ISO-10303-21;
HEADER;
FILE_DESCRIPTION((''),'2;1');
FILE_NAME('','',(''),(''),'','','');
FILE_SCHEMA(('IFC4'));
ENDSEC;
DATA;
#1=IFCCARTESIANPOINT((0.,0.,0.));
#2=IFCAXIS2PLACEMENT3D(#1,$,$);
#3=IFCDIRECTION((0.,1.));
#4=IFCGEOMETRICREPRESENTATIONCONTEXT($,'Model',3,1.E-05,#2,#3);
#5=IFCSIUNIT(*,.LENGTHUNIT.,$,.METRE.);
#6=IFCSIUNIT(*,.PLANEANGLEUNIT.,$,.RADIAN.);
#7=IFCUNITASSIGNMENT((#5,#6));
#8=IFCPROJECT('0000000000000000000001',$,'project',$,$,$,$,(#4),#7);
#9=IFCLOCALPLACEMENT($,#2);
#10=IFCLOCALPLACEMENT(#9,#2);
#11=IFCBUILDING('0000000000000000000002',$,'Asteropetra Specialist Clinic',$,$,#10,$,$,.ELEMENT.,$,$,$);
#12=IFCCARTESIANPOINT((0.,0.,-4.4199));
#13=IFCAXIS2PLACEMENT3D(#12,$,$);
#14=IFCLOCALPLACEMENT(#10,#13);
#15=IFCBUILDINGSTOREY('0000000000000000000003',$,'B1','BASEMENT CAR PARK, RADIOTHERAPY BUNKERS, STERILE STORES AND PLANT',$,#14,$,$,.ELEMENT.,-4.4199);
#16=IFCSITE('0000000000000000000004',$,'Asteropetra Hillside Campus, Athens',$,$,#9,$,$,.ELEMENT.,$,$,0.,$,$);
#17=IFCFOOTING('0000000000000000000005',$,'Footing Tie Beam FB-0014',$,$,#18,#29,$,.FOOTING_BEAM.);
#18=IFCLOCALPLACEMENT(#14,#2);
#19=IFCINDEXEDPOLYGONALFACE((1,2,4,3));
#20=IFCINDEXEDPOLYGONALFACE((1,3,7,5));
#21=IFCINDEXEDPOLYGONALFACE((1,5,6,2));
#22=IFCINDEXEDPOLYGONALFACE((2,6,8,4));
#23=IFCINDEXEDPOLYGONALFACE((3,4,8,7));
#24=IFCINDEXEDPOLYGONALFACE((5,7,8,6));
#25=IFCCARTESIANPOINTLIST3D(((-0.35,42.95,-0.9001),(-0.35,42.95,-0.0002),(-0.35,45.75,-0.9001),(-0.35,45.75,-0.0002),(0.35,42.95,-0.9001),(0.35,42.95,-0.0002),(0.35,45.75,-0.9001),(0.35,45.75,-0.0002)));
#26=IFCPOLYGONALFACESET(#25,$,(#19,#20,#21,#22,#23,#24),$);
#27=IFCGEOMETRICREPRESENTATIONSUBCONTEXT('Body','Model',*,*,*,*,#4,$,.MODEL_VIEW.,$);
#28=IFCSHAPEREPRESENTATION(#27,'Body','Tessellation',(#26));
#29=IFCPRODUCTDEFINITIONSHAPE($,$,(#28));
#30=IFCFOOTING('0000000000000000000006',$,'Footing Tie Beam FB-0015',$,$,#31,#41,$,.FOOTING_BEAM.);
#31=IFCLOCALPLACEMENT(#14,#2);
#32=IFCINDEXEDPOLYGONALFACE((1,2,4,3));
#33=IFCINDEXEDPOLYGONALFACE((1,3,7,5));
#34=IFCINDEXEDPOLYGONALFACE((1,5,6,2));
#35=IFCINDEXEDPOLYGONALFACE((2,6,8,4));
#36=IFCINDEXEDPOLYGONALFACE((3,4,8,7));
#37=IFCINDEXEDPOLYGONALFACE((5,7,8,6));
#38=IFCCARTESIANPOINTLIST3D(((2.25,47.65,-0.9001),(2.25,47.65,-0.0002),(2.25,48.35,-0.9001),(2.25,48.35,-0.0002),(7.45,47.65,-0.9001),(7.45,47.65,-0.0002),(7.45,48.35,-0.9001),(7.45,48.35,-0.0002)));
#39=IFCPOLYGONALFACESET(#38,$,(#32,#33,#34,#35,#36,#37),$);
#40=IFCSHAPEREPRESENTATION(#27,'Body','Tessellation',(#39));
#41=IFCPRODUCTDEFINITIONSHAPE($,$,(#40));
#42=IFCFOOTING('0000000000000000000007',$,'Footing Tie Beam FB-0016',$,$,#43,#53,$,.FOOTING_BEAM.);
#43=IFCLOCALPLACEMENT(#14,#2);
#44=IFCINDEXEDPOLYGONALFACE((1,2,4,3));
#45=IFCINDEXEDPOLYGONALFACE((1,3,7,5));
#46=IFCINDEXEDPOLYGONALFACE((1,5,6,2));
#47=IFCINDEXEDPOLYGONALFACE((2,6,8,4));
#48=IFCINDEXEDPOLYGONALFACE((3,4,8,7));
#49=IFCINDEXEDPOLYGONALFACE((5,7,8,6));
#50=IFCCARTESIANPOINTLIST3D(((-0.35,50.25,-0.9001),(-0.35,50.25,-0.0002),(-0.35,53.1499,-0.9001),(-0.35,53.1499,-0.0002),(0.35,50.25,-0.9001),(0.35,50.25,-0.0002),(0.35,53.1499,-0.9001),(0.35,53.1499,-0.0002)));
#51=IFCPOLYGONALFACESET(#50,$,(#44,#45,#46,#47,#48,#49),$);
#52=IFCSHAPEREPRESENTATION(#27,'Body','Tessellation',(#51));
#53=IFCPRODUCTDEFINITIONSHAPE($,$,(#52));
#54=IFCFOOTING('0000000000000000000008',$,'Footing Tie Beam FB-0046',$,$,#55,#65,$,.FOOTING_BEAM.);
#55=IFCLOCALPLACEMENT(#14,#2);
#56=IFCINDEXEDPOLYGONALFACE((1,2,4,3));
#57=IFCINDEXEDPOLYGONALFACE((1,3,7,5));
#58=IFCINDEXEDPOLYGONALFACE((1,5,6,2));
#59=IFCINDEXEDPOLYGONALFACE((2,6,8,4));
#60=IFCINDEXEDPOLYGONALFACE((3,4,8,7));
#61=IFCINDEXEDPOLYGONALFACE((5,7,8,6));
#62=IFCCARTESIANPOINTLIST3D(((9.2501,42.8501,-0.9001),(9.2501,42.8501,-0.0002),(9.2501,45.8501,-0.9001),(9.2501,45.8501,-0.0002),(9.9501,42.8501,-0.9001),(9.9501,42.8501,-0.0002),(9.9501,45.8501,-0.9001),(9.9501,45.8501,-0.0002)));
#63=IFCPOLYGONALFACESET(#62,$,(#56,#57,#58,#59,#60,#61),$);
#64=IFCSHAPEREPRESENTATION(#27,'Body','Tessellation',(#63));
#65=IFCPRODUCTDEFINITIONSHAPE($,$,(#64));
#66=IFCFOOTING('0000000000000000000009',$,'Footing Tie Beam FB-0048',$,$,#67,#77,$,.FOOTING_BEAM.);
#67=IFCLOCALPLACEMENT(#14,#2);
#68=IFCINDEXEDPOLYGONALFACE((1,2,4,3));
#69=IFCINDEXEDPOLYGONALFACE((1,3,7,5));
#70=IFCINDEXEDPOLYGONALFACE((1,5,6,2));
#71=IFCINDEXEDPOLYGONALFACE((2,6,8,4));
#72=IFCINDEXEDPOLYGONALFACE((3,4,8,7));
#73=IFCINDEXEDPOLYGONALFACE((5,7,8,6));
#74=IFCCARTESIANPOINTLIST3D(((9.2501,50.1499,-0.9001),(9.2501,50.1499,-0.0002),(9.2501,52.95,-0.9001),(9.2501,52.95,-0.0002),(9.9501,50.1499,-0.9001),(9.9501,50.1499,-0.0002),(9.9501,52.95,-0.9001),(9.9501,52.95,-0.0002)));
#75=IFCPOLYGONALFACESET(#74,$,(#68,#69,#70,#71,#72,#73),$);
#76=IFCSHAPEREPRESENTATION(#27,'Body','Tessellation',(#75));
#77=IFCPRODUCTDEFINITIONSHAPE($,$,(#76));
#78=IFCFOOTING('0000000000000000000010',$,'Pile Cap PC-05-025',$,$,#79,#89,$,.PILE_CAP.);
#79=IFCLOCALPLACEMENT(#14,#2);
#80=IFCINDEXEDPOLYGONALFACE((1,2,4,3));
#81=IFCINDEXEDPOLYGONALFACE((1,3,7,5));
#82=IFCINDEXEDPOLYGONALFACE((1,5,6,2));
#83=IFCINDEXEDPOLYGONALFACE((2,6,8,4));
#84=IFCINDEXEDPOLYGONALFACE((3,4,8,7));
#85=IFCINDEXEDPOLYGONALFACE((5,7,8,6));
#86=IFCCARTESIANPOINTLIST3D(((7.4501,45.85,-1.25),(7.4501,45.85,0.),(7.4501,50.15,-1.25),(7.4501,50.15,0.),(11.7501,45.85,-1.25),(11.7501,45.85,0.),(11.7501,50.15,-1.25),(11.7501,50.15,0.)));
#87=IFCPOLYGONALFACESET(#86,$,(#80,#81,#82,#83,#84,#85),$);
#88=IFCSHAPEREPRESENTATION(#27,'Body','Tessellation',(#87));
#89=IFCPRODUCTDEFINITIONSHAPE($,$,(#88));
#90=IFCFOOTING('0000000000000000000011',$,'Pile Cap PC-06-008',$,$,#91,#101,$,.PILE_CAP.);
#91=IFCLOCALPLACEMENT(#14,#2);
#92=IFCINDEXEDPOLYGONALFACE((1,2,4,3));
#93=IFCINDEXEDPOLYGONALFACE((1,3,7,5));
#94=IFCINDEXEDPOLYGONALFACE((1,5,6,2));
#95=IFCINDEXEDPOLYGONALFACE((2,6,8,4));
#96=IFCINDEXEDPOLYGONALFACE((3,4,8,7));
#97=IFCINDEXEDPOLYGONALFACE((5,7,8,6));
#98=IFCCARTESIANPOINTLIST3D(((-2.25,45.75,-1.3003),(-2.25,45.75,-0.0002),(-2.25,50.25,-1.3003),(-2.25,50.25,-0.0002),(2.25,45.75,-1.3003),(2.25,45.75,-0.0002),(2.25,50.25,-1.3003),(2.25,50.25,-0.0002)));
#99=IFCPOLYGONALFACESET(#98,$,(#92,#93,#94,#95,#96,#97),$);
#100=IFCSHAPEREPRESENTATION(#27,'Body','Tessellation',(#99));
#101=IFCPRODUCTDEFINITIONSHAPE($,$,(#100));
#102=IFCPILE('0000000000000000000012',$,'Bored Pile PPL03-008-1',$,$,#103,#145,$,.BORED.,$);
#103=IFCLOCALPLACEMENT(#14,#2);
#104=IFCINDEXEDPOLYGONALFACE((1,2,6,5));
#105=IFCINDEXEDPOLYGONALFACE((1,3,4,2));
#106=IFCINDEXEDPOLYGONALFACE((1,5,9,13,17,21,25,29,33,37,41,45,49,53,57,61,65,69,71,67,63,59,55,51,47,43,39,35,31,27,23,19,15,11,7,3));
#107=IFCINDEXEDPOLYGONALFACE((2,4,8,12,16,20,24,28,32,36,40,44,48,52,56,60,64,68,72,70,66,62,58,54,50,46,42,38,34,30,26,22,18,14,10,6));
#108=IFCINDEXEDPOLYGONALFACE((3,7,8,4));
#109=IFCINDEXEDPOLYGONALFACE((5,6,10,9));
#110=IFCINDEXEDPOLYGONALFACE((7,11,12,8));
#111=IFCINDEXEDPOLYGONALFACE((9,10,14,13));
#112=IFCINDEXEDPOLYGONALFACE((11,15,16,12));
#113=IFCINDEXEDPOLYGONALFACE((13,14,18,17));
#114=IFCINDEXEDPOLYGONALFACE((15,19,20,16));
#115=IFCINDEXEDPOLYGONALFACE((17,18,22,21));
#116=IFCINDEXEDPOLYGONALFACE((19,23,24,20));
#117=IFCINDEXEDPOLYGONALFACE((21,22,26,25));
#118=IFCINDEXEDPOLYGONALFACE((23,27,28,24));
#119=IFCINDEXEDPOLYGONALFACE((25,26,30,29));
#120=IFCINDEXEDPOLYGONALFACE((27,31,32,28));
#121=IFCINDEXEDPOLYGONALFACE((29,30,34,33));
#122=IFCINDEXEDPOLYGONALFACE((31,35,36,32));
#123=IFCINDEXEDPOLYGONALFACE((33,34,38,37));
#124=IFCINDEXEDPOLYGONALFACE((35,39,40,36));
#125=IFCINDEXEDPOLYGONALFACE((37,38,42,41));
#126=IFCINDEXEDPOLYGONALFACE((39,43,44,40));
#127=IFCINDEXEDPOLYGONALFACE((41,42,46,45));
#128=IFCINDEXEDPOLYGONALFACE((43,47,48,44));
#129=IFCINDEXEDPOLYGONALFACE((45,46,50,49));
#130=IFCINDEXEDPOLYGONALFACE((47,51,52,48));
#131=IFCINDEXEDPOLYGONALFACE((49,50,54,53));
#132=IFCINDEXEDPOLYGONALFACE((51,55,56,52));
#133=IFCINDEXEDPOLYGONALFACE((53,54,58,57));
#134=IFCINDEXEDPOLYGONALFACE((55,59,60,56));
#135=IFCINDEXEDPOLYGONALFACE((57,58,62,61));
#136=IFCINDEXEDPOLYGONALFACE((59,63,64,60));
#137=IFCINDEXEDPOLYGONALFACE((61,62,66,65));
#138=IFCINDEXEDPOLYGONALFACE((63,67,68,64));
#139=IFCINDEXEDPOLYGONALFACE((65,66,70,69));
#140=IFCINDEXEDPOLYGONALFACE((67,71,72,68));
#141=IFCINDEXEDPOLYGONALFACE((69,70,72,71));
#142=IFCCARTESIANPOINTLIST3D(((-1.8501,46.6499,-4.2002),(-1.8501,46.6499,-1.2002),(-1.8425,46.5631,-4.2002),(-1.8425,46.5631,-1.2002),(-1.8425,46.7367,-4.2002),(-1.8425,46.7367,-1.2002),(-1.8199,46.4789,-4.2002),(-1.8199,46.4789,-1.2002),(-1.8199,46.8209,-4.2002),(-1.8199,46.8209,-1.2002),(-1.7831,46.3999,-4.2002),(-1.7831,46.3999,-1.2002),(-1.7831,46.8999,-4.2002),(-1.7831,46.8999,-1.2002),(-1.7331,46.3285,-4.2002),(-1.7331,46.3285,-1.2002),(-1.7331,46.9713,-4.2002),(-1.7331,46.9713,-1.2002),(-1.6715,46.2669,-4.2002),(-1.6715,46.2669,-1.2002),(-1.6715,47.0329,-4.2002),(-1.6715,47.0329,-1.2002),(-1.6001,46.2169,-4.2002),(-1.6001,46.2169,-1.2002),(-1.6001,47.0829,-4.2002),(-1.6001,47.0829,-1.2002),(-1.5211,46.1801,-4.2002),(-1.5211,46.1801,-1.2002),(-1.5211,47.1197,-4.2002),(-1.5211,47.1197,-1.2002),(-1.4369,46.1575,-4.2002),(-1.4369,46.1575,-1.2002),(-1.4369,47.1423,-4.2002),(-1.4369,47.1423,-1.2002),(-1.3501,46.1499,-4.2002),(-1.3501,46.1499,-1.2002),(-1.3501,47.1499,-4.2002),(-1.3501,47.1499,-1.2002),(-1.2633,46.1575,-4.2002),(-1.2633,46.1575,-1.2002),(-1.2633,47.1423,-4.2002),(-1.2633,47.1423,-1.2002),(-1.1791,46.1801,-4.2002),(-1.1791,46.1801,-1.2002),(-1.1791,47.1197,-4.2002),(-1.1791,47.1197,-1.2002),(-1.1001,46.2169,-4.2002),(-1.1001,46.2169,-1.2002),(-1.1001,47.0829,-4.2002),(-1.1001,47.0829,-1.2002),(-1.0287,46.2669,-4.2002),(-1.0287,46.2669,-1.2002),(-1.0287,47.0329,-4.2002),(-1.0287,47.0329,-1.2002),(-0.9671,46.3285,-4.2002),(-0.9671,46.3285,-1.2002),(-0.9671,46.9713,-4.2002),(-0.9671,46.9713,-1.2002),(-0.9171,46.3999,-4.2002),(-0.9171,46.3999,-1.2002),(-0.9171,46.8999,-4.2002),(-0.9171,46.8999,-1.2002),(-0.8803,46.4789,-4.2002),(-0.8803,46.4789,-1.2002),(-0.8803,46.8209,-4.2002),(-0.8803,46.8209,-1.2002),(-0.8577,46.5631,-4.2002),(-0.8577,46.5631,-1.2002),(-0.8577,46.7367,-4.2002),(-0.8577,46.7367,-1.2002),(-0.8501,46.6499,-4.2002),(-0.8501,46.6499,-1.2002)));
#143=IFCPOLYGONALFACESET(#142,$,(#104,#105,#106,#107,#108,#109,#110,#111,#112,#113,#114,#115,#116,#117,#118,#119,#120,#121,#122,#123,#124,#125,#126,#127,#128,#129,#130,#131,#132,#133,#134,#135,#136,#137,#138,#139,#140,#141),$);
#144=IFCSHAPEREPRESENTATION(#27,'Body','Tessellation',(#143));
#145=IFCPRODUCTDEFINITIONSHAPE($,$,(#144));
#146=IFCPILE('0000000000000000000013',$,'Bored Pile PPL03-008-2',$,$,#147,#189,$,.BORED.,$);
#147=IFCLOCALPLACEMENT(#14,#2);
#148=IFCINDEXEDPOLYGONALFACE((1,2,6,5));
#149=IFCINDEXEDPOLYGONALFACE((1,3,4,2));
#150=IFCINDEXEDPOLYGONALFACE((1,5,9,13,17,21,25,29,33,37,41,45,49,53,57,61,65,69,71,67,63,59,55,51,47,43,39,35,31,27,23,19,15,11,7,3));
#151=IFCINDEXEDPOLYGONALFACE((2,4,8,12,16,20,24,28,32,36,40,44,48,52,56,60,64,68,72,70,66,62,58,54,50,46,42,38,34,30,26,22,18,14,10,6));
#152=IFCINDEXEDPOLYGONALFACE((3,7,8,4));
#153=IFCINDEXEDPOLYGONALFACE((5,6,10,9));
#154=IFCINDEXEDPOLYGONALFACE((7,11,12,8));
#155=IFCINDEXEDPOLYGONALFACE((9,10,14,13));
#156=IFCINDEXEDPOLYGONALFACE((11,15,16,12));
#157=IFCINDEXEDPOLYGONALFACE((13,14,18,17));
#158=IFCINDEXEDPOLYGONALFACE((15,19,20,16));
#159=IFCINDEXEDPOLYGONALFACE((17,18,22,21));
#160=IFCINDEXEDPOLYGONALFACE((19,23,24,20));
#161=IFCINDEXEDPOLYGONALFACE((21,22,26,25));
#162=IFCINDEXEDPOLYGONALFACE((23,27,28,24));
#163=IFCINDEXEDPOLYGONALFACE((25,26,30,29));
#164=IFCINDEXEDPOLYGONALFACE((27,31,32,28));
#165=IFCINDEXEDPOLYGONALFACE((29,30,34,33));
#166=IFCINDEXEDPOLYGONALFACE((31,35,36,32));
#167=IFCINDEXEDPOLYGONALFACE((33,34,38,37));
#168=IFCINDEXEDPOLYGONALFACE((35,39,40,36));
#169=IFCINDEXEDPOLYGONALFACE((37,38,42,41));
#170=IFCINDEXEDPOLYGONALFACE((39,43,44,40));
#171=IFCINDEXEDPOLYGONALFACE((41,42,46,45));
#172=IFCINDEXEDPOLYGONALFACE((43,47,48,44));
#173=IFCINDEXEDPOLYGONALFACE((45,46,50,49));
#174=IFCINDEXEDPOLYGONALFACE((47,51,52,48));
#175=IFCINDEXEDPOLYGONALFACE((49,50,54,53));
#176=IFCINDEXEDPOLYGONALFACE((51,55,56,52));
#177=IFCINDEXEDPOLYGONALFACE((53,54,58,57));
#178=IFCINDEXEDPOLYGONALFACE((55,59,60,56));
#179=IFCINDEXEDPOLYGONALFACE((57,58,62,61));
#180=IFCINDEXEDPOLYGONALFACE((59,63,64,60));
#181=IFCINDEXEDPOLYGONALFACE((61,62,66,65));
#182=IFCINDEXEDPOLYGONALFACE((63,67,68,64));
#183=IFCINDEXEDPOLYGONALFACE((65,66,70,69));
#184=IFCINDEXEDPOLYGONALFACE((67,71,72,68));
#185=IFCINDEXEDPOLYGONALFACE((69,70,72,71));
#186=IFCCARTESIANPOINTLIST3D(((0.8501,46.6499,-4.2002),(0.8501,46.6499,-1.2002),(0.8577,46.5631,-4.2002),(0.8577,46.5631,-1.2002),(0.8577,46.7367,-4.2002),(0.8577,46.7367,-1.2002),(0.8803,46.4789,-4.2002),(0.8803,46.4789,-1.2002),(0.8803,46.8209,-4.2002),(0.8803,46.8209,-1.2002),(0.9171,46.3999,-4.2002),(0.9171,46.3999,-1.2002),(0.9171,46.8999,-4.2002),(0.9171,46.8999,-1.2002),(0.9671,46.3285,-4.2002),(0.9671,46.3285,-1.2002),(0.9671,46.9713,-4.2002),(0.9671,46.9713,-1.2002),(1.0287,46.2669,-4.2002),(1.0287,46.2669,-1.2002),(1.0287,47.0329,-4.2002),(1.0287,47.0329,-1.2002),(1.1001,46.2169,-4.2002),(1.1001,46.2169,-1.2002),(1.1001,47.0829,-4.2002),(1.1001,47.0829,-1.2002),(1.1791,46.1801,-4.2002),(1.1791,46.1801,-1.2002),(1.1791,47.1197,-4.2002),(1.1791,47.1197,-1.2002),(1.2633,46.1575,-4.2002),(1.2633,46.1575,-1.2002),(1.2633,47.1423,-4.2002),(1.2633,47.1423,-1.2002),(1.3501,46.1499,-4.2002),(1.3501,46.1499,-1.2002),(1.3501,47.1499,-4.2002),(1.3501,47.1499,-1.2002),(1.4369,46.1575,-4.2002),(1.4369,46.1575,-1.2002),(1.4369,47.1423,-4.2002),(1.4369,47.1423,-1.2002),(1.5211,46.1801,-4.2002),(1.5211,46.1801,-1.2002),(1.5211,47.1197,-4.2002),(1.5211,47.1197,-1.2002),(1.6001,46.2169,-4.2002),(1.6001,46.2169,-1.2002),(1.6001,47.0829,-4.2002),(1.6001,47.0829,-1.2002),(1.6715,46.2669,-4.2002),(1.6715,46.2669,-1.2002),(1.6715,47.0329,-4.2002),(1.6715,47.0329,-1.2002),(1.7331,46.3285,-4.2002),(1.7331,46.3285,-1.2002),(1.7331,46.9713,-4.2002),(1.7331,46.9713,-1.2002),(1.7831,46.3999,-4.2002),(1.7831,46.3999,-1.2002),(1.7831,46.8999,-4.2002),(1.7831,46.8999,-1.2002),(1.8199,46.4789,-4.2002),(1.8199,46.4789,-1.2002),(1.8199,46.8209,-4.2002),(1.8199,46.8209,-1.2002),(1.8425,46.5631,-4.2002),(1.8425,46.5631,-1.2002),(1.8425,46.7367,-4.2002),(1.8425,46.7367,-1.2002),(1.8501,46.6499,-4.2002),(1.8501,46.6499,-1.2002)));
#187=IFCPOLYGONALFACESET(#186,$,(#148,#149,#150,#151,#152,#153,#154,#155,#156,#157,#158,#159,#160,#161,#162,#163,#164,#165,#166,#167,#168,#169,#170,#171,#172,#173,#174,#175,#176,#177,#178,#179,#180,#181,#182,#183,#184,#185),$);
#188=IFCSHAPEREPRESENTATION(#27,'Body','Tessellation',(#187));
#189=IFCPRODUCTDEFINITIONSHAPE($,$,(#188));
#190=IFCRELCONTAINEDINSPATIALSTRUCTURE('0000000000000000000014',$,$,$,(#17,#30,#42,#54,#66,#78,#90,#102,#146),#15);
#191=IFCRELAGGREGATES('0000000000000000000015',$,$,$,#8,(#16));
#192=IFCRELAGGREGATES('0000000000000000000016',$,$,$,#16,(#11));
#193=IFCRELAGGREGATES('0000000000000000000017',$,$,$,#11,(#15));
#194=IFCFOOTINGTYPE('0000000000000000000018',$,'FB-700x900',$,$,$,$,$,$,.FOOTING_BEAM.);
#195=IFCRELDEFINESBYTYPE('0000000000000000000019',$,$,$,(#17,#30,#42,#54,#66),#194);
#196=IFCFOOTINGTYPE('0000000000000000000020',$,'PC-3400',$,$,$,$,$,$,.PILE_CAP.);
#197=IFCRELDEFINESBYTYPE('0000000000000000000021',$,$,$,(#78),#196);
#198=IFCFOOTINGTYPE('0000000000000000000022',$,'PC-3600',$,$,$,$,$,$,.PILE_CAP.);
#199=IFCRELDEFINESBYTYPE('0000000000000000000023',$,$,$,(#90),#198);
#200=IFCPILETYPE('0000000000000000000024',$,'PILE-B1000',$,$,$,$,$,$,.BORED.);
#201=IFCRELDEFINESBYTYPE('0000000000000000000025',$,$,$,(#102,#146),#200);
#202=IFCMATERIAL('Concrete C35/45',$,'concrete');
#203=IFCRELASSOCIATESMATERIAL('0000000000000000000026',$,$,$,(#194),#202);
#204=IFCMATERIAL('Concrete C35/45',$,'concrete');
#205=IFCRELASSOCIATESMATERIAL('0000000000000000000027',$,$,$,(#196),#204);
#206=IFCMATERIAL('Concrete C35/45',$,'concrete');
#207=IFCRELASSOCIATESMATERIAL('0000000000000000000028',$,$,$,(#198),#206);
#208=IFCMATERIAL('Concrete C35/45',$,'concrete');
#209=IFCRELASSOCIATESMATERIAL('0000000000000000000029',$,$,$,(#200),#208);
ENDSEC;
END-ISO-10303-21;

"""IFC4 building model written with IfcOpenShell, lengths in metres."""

from ifc_helpers import new_model, si_unit, direction, frame, origin, origin_2d, place, context, subcontext, project, spatial, rectangle, circle, extrude, material, material_profile, profile_set, type_object, element, save


model = new_model("IFC4")

# Units and contexts
model_context = context("Model", 3, precision=1e-05, world=origin(), true_north=direction((0.0, 1.0)))
body_context = subcontext(model_context, "Body", "Model", "MODEL_VIEW")
ifc_project = project(units=[si_unit("LENGTHUNIT", "METRE"), si_unit("PLANEANGLEUNIT", "RADIAN")], contexts=[model_context])

# Site, building, storey
site_placement = place(None, origin())
site = spatial("IfcSite", under=ifc_project, at=site_placement, Name="Asteropetra Hillside Campus, Athens", CompositionType="ELEMENT", RefElevation=0.0)
building_placement = place(site_placement, origin())
building = spatial("IfcBuilding", under=site, at=building_placement, Name="Asteropetra Specialist Clinic", CompositionType="ELEMENT")
storey_placement = place(building_placement, frame((0.0, 0.0, -4.4199)))
storey = spatial("IfcBuildingStorey", under=building, at=storey_placement, Name="B1", Description="BASEMENT CAR PARK, RADIOTHERAPY BUNKERS, STERILE STORES AND PLANT", CompositionType="ELEMENT", Elevation=-4.4199)

# Footings
ifc_material_1 = material(Name="Concrete C35/45", Category="concrete")
ifc_material_profile_1 = material_profile(ifc_material_1, rectangle(XDim=0.7, YDim=0.8999, at=origin_2d()), Name="FB 700x900")
ifc_profile_set_1 = profile_set([ifc_material_profile_1], Name="Concrete C35/45")
footing_type_1 = type_object("IfcFootingType", Name="FB-700x900", PredefinedType="FOOTING_BEAM", material=ifc_profile_set_1)
footing_1_placement = place(storey_placement, frame((0.0, 42.95, -0.4502), z_axis=(0.0, 1.0, 0.0), x_axis=(-1.0, 0.0, 0.0)))
element("IfcFooting", 1, at=footing_1_placement, inside=storey, type_object=footing_type_1, Name="Footing Tie Beam FB-0014", PredefinedType="FOOTING_BEAM", context=body_context, shape_type="SweptSolid", body=[
    extrude(rectangle(XDim=0.7, YDim=0.8999, at=origin_2d()), origin(), (0.0, 0.0, 1.0), 2.8),
])
footing_2_placement = place(storey_placement, frame((2.25, 48.0, -0.4502), z_axis=(1.0, 0.0, 0.0), x_axis=(0.0, 1.0, 0.0)))
element("IfcFooting", 2, at=footing_2_placement, inside=storey, type_object=footing_type_1, Name="Footing Tie Beam FB-0015", PredefinedType="FOOTING_BEAM", context=body_context, shape_type="SweptSolid", body=[
    extrude(rectangle(XDim=0.7, YDim=0.8999, at=origin_2d()), origin(), (0.0, 0.0, 1.0), 5.2),
])
footing_3_placement = place(storey_placement, frame((0.0, 50.25, -0.4502), z_axis=(0.0, 1.0, 0.0), x_axis=(-1.0, 0.0, 0.0)))
element("IfcFooting", 3, at=footing_3_placement, inside=storey, type_object=footing_type_1, Name="Footing Tie Beam FB-0016", PredefinedType="FOOTING_BEAM", context=body_context, shape_type="SweptSolid", body=[
    extrude(rectangle(XDim=0.7, YDim=0.8999, at=origin_2d()), origin(), (0.0, 0.0, 1.0), 2.8999),
])
footing_4_placement = place(storey_placement, frame((9.6001, 42.8501, -0.4502), z_axis=(0.0, 1.0, 0.0), x_axis=(-1.0, 0.0, 0.0)))
element("IfcFooting", 4, at=footing_4_placement, inside=storey, type_object=footing_type_1, Name="Footing Tie Beam FB-0046", PredefinedType="FOOTING_BEAM", context=body_context, shape_type="SweptSolid", body=[
    extrude(rectangle(XDim=0.7, YDim=0.8999, at=origin_2d()), origin(), (0.0, 0.0, 1.0), 3.0),
])
footing_5_placement = place(storey_placement, frame((9.6001, 50.1499, -0.4502), z_axis=(0.0, 1.0, 0.0), x_axis=(-1.0, 0.0, 0.0)))
element("IfcFooting", 5, at=footing_5_placement, inside=storey, type_object=footing_type_1, Name="Footing Tie Beam FB-0048", PredefinedType="FOOTING_BEAM", context=body_context, shape_type="SweptSolid", body=[
    extrude(rectangle(XDim=0.7, YDim=0.8999, at=origin_2d()), origin(), (0.0, 0.0, 1.0), 2.8),
])
ifc_material_2 = material(Name="Concrete C35/45", Category="concrete")
footing_type_2 = type_object("IfcFootingType", Name="PC-3400", PredefinedType="PILE_CAP", material=ifc_material_2)
footing_6_placement = place(storey_placement, frame((9.6001, 48.0, -1.25), z_axis=(0.0, 0.0, 1.0), x_axis=(1.0, 0.0, 0.0)))
element("IfcFooting", 6, at=footing_6_placement, inside=storey, type_object=footing_type_2, Name="Pile Cap PC-05-025", PredefinedType="PILE_CAP", context=body_context, shape_type="SweptSolid", body=[
    extrude(rectangle(XDim=4.3, YDim=4.3, at=origin_2d()), origin(), (0.0, 0.0, 1.0), 1.25),
])
ifc_material_3 = material(Name="Concrete C35/45", Category="concrete")
footing_type_3 = type_object("IfcFootingType", Name="PC-3600", PredefinedType="PILE_CAP", material=ifc_material_3)
footing_7_placement = place(storey_placement, frame((0.0, 48.0, -1.3003), z_axis=(0.0, 0.0, 1.0), x_axis=(1.0, 0.0, 0.0)))
element("IfcFooting", 7, at=footing_7_placement, inside=storey, type_object=footing_type_3, Name="Pile Cap PC-06-008", PredefinedType="PILE_CAP", context=body_context, shape_type="SweptSolid", body=[
    extrude(rectangle(XDim=4.5, YDim=4.5, at=origin_2d()), origin(), (0.0, 0.0, 1.0), 1.3),
])

# Piles
ifc_material_4 = material(Name="Concrete C35/45", Category="concrete")
ifc_material_profile_2 = material_profile(ifc_material_4, circle(Radius=0.5, at=origin_2d()), Name="PILE D1000")
ifc_profile_set_2 = profile_set([ifc_material_profile_2], Name="Concrete C35/45")
pile_type_1 = type_object("IfcPileType", Name="PILE-B1000", PredefinedType="BORED", material=ifc_profile_set_2)
for number, where, z_axis, x_axis, name in (
    (8, (-1.3501, 46.6499, -1.2002), (0.0, 0.0, -1.0), (1.0, 0.0, 0.0), "Bored Pile PPL03-008-1"),
    (9, (1.3501, 46.6499, -1.2002), (0.0, 0.0, -1.0), (1.0, 0.0, 0.0), "Bored Pile PPL03-008-2"),
):
    element("IfcPile", number, at=place(storey_placement, frame(where, z_axis=z_axis, x_axis=x_axis)), inside=storey, type_object=pile_type_1, Name=name, PredefinedType="BORED", context=body_context, shape_type="SweptSolid", body=[
        extrude(circle(Radius=0.5, at=origin_2d()), origin(), (0.0, 0.0, 1.0), 3.0),
    ])

save(model, "model.ifc")
